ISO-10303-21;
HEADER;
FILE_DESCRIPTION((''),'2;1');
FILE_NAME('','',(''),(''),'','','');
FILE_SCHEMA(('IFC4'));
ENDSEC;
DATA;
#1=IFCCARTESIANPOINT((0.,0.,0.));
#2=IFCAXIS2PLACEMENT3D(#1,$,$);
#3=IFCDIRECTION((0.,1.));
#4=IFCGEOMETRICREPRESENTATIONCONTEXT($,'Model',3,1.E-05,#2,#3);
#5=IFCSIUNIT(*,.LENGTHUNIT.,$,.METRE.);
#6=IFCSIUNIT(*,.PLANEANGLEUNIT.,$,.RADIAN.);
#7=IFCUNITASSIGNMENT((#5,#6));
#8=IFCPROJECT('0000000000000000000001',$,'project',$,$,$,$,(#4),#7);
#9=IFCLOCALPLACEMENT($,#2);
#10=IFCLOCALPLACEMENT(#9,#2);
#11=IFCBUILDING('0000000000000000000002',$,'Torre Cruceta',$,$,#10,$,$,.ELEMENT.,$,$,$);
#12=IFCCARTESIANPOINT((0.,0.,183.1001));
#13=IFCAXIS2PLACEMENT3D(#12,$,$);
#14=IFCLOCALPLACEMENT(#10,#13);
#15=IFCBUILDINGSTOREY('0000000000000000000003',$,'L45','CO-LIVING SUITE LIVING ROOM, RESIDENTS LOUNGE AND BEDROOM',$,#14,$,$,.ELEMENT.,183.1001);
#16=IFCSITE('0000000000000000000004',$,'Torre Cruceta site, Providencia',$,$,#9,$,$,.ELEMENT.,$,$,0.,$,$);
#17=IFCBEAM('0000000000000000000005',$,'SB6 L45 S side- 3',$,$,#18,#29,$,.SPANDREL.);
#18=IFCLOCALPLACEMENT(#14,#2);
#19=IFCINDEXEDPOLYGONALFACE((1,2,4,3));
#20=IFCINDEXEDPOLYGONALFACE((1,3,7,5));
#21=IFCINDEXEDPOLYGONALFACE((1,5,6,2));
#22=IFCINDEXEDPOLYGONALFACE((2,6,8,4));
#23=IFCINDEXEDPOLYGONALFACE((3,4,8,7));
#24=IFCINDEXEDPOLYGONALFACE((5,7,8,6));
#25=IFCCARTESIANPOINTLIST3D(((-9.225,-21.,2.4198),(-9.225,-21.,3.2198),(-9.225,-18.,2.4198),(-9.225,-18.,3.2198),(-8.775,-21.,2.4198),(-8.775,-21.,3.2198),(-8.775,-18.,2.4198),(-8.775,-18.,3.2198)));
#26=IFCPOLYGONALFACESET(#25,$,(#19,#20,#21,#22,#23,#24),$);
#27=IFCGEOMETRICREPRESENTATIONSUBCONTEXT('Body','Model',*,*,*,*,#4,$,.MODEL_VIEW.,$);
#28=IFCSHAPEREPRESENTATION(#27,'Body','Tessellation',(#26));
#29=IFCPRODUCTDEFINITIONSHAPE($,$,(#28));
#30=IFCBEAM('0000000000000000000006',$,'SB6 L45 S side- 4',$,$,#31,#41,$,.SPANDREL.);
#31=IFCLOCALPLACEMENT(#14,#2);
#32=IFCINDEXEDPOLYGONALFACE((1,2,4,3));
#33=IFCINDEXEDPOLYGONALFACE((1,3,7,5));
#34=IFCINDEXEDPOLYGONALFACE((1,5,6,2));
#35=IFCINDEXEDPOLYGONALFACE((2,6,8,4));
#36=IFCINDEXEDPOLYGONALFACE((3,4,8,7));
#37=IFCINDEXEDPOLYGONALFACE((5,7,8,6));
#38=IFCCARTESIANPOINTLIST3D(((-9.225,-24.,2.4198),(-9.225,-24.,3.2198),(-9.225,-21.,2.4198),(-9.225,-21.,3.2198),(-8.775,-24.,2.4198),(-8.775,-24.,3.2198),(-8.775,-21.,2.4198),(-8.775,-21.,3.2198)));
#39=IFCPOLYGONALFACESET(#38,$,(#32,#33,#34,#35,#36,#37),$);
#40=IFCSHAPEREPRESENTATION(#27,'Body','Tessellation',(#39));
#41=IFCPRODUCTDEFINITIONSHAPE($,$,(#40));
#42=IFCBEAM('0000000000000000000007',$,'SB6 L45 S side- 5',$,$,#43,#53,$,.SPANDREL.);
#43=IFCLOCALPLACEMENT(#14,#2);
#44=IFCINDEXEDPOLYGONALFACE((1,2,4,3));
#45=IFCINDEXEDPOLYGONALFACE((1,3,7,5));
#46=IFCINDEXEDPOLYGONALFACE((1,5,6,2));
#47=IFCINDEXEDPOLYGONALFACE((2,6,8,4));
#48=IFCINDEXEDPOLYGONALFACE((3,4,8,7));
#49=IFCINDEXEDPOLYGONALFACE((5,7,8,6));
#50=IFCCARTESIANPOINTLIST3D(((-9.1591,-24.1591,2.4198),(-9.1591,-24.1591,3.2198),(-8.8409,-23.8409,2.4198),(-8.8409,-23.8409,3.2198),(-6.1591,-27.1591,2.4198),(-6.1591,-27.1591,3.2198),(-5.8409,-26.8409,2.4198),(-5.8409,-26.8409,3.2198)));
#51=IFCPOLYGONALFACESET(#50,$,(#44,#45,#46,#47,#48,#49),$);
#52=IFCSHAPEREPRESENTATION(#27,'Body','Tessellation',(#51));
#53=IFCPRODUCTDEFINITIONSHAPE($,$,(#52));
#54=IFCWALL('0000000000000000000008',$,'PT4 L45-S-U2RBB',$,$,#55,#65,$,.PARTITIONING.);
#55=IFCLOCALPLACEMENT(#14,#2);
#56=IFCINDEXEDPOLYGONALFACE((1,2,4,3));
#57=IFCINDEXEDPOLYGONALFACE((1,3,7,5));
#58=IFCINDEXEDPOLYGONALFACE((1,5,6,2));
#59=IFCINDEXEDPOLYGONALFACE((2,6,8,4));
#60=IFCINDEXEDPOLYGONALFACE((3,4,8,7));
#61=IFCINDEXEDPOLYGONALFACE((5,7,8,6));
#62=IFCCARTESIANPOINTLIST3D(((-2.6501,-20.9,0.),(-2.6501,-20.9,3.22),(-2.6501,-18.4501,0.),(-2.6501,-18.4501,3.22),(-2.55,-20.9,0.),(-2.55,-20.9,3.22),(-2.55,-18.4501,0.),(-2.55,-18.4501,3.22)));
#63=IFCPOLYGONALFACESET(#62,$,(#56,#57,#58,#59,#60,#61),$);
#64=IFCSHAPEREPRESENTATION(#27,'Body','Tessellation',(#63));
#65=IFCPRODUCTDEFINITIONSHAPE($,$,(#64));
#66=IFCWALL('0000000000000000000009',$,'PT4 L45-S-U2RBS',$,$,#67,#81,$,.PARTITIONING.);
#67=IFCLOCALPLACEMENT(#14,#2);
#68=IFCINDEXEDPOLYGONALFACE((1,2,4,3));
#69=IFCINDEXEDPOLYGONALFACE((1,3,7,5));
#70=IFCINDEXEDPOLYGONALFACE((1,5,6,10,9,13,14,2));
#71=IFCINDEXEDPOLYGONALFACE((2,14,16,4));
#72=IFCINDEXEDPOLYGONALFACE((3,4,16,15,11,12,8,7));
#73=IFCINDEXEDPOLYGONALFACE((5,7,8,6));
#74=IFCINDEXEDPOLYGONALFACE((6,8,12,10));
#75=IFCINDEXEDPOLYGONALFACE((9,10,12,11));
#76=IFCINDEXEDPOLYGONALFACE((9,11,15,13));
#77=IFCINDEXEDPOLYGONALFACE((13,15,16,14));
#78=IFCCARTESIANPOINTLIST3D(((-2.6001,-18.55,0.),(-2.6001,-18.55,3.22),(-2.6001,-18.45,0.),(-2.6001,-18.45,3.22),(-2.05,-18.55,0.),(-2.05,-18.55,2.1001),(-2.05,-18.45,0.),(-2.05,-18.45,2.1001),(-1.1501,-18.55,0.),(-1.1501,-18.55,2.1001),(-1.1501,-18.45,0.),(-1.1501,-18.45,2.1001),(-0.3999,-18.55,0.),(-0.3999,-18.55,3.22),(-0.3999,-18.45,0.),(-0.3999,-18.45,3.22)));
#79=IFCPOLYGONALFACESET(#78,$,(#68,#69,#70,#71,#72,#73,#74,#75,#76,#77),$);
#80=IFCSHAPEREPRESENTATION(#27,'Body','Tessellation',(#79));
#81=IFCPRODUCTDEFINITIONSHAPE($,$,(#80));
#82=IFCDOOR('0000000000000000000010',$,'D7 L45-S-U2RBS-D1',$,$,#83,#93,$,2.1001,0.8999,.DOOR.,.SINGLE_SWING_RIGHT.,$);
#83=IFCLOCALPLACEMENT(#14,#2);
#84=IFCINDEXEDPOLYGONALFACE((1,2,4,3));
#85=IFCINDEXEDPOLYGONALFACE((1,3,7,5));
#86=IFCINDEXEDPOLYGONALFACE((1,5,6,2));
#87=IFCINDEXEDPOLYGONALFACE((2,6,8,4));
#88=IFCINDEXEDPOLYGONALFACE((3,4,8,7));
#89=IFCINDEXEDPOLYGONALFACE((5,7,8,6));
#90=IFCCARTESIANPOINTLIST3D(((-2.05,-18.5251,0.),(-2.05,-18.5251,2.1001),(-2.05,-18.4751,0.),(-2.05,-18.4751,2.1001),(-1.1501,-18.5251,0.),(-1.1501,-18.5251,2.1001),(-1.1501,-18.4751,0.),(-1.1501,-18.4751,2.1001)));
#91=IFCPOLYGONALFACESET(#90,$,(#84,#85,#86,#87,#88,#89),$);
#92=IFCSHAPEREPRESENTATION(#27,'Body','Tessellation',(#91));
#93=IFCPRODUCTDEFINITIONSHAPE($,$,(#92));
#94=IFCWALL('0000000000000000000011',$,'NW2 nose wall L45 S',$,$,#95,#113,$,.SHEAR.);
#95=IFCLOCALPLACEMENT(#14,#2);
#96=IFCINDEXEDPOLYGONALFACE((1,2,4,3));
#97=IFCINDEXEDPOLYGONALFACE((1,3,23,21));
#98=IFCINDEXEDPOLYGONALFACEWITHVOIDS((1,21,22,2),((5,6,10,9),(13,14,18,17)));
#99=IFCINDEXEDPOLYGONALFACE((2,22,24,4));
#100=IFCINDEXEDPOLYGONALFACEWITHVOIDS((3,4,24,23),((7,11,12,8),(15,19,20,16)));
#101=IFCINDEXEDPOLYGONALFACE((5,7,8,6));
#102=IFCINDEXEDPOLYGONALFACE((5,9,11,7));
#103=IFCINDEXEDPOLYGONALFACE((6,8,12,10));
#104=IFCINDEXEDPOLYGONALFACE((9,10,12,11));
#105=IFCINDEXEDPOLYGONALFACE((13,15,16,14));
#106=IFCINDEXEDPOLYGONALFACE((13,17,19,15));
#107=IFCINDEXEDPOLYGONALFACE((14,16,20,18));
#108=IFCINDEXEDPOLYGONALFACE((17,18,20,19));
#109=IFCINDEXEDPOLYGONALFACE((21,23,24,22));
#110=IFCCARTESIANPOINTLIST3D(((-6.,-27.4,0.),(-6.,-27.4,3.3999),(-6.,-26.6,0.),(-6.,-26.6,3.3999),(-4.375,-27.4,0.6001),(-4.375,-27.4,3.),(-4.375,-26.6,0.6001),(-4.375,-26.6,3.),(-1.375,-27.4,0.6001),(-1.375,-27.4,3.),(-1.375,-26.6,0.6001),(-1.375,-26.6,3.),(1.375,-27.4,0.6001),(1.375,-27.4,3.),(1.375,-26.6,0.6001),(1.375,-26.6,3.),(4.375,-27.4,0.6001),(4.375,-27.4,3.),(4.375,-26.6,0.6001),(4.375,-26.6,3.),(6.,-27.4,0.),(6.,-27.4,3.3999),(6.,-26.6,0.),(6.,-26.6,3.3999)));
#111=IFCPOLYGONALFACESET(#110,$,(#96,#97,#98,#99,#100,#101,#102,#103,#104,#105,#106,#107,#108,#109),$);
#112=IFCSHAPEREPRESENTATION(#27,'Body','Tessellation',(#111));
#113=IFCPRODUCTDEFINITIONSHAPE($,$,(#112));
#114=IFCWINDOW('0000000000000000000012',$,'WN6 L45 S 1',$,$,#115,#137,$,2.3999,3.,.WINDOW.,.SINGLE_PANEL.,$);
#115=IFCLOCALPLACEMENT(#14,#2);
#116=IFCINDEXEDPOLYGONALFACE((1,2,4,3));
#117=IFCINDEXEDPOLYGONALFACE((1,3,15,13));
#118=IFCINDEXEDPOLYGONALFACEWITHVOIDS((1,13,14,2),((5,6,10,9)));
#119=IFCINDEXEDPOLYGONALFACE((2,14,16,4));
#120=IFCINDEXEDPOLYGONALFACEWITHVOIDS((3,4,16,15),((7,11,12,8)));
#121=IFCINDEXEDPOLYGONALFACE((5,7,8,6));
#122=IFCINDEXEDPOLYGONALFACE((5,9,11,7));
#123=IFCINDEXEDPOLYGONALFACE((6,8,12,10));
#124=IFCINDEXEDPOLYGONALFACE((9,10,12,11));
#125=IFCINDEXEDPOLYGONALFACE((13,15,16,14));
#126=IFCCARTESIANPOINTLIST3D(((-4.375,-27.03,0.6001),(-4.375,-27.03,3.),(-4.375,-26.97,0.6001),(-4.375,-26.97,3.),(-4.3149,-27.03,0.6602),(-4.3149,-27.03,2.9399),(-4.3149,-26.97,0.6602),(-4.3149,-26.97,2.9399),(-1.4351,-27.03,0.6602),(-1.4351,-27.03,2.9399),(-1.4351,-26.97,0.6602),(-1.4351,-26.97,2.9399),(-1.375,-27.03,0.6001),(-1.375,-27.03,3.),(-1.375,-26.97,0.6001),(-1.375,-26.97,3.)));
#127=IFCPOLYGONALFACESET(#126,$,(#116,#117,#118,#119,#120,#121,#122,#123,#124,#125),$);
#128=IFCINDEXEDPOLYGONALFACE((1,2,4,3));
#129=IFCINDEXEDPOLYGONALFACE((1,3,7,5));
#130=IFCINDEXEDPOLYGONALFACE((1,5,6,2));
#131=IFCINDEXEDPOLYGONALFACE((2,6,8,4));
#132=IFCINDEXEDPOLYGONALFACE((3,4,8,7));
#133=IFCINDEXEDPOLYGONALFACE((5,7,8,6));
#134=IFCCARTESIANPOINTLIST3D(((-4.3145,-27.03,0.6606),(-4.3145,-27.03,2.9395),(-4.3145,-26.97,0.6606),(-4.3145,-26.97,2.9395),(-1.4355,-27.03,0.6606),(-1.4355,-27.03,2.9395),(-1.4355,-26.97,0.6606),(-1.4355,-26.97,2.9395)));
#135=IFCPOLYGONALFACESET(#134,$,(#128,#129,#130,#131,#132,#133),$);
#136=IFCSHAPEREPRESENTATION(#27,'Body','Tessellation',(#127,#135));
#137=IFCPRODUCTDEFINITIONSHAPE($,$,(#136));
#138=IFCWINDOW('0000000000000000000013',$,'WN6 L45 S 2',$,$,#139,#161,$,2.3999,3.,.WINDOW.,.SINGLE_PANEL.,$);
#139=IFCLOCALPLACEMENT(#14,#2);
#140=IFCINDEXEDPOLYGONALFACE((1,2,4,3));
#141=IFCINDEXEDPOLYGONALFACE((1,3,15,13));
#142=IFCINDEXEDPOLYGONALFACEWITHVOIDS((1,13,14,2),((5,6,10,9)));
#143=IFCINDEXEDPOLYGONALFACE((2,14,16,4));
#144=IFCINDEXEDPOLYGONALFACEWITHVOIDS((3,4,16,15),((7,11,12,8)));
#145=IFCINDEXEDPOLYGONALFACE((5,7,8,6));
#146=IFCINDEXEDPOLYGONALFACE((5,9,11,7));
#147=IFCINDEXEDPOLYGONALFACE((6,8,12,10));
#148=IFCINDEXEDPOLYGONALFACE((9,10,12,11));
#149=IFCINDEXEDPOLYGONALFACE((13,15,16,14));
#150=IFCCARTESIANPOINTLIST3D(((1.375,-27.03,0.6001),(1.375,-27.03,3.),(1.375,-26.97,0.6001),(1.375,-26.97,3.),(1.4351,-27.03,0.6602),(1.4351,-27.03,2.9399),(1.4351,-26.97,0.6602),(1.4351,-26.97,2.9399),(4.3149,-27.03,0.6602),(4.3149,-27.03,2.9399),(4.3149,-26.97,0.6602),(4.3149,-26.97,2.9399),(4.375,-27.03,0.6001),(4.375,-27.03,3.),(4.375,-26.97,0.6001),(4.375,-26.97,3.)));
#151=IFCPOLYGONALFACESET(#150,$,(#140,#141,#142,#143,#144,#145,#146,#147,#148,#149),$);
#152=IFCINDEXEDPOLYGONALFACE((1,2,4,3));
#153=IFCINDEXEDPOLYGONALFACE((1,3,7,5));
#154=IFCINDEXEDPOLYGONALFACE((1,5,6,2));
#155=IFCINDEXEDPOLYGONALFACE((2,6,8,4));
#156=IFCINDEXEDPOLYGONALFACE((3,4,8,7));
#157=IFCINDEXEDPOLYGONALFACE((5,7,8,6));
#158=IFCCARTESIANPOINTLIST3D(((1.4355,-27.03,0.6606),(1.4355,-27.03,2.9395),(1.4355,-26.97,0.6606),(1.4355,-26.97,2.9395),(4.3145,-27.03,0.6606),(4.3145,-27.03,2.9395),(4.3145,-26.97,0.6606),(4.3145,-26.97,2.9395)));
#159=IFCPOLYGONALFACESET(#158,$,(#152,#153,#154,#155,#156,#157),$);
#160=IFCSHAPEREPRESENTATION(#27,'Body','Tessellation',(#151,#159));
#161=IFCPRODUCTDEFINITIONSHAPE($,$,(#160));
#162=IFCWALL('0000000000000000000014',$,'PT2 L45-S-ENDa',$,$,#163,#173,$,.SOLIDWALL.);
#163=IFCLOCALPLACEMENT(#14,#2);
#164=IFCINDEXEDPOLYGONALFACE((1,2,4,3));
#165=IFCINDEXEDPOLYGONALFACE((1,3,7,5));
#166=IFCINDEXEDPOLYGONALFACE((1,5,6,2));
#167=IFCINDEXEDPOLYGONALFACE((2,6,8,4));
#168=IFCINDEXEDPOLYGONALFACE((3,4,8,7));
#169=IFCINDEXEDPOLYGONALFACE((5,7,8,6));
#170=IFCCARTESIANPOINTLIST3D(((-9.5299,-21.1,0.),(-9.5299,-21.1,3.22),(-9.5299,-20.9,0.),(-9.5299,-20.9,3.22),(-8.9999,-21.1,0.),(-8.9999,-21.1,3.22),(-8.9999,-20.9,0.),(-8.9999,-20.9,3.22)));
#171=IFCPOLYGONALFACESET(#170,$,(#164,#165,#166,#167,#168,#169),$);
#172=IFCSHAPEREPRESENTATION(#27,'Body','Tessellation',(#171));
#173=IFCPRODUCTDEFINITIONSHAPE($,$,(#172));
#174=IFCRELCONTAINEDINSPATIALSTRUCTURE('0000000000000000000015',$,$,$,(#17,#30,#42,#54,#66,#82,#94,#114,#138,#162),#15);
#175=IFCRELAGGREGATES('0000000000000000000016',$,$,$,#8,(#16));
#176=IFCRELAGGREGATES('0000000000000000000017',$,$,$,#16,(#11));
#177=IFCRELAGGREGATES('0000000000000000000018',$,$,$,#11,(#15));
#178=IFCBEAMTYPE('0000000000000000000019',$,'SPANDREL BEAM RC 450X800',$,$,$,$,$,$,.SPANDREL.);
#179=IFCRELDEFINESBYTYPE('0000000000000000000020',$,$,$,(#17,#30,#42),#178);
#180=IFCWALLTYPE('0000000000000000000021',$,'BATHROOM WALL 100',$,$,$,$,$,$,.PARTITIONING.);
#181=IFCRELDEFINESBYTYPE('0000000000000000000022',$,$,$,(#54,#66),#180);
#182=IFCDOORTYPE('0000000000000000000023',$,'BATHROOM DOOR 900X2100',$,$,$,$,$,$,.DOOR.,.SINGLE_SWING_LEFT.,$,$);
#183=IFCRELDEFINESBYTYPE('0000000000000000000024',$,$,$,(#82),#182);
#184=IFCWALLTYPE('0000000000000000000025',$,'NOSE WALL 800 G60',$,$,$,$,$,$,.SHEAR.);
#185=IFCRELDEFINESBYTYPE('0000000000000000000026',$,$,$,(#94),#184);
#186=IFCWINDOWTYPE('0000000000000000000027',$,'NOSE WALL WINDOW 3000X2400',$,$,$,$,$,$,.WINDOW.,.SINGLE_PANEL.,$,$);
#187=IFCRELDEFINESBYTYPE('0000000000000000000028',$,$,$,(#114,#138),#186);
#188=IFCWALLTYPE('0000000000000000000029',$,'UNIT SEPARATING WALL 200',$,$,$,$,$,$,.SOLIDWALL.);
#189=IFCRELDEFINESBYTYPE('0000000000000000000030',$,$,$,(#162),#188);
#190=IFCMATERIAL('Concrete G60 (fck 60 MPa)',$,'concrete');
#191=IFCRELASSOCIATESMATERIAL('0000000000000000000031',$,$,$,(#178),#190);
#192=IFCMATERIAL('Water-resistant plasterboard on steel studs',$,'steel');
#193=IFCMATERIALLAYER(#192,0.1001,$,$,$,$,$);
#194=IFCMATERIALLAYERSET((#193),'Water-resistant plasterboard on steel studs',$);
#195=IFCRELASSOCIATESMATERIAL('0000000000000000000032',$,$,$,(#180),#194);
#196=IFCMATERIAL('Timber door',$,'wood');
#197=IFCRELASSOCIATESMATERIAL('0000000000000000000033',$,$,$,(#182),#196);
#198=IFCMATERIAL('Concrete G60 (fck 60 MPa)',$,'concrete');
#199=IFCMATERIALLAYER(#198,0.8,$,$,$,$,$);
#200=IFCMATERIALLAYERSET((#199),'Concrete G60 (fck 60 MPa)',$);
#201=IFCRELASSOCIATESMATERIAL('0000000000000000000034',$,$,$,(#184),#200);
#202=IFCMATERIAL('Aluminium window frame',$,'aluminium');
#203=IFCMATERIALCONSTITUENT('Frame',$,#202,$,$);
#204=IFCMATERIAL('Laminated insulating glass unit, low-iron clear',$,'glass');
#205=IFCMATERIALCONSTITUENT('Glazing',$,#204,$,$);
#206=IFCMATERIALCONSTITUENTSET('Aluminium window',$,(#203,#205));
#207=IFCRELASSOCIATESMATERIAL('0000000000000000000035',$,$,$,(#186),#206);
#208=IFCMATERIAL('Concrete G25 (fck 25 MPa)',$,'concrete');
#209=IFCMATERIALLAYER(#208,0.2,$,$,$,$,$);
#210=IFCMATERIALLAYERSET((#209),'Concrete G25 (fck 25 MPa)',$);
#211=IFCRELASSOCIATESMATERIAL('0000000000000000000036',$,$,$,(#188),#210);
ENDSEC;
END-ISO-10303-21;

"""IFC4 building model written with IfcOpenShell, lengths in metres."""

from ifc_helpers import new_model, si_unit, direction, frame, frame_2d, origin, origin_2d, place, context, subcontext, project, spatial, rectangle, hollow_rectangle, extrude, material, layer, layer_set, constituent, constituent_set, material_profile, profile_set, type_object, element, fill, save


model = new_model("IFC4")

# Units and contexts
model_context = context("Model", 3, precision=1e-05, world=origin(), true_north=direction((0.0, 1.0)))
body_context = subcontext(model_context, "Body", "Model", "MODEL_VIEW")
ifc_project = project(units=[si_unit("LENGTHUNIT", "METRE"), si_unit("PLANEANGLEUNIT", "RADIAN")], contexts=[model_context])

# Site, building, storey
site_placement = place(None, origin())
site = spatial("IfcSite", under=ifc_project, at=site_placement, Name="Torre Cruceta site, Providencia", CompositionType="ELEMENT", RefElevation=0.0)
building_placement = place(site_placement, origin())
building = spatial("IfcBuilding", under=site, at=building_placement, Name="Torre Cruceta", CompositionType="ELEMENT")
storey_placement = place(building_placement, frame((0.0, 0.0, 183.1001)))
storey = spatial("IfcBuildingStorey", under=building, at=storey_placement, Name="L45", Description="CO-LIVING SUITE LIVING ROOM, RESIDENTS LOUNGE AND BEDROOM", CompositionType="ELEMENT", Elevation=183.1001)

# Beams
ifc_material_1 = material(Name="Concrete G60 (fck 60 MPa)", Category="concrete")
ifc_material_profile_1 = material_profile(ifc_material_1, rectangle(XDim=0.45, YDim=0.8, at=origin_2d()), Name="RC 450X800")
ifc_profile_set_1 = profile_set([ifc_material_profile_1], Name="Concrete G60 (fck 60 MPa)")
beam_type_1 = type_object("IfcBeamType", Name="SPANDREL BEAM RC 450X800", PredefinedType="SPANDREL", material=ifc_profile_set_1)
for number, where, z_axis, x_axis, name in (
    (1, (-9.0, -18.0, 2.8198), (0.0, -1.0, 0.0), (1.0, 0.0, 0.0), "SB6 L45 S side- 3"),
    (2, (-9.0, -21.0, 2.8198), (0.0, -1.0, 0.0), (1.0, 0.0, 0.0), "SB6 L45 S side- 4"),
):
    element("IfcBeam", number, at=place(storey_placement, frame(where, z_axis=z_axis, x_axis=x_axis)), inside=storey, type_object=beam_type_1, Name=name, PredefinedType="SPANDREL", context=body_context, shape_type="SweptSolid", body=[
        extrude(rectangle(XDim=0.45, YDim=0.8, at=origin_2d()), origin(), (0.0, 0.0, 1.0), 3.0),
    ])
beam_1_placement = place(storey_placement, frame((-9.0, -24.0, 2.8198), z_axis=(0.707107, -0.707107, 0.0), x_axis=(0.707107, 0.707107, 0.0)))
element("IfcBeam", 3, at=beam_1_placement, inside=storey, type_object=beam_type_1, Name="SB6 L45 S side- 5", PredefinedType="SPANDREL", context=body_context, shape_type="SweptSolid", body=[
    extrude(rectangle(XDim=0.45, YDim=0.8, at=origin_2d()), origin(), (0.0, 0.0, 1.0), 4.2427),
])

# Wall
ifc_material_2 = material(Name="Water-resistant plasterboard on steel studs", Category="steel")
ifc_layer_1 = layer(ifc_material_2, 0.1001)
ifc_layer_set_1 = layer_set([ifc_layer_1], Name="Water-resistant plasterboard on steel studs")
wall_type_1 = type_object("IfcWallType", Name="BATHROOM WALL 100", PredefinedType="PARTITIONING", material=ifc_layer_set_1)
wall_1_placement = place(storey_placement, frame((-2.6001, -18.45, 0.0), z_axis=(0.0, 0.0, 1.0), x_axis=(0.0, -1.0, 0.0)))
element("IfcWall", 4, at=wall_1_placement, inside=storey, type_object=wall_type_1, Name="PT4 L45-S-U2RBB", PredefinedType="PARTITIONING", context=body_context, shape_type="SweptSolid", body=[
    extrude(rectangle(XDim=2.45, YDim=0.1001, at=frame_2d((1.2251, 0.0))), origin(), (0.0, 0.0, 1.0), 3.22),
])

# Wall, opening, door
wall_2_placement = place(storey_placement, frame((-2.6001, -18.5, 0.0), z_axis=(0.0, 0.0, 1.0), x_axis=(1.0, 0.0, 0.0)))
wall_2 = element("IfcWall", 5, at=wall_2_placement, inside=storey, type_object=wall_type_1, Name="PT4 L45-S-U2RBS", PredefinedType="PARTITIONING", context=body_context, shape_type="SweptSolid", body=[
    extrude(rectangle(XDim=2.2002, YDim=0.1001, at=frame_2d((1.1001, 0.0))), origin(), (0.0, 0.0, 1.0), 3.22),
])
opening_1_placement = place(wall_2_placement, frame((0.55, 0.0, 0.0)))
opening_1 = element("IfcOpeningElement", 6, at=opening_1_placement, cuts=wall_2, PredefinedType="OPENING", context=body_context, shape_type="SweptSolid", body=[
    extrude(rectangle(XDim=0.8999, YDim=2.1001, at=frame_2d((0.45, 1.05))), frame((0.0, 0.0601, 0.0), z_axis=(0.0, -1.0, 0.0), x_axis=(1.0, 0.0, 0.0)), (0.0, 0.0, 1.0), 0.1201),
])
ifc_material_3 = material(Name="Timber door", Category="wood")
door_type = type_object("IfcDoorType", Name="BATHROOM DOOR 900X2100", OperationType="SINGLE_SWING_LEFT", PredefinedType="DOOR", material=ifc_material_3)
door_placement = place(opening_1_placement, frame((0.8999, 0.0, 0.0), z_axis=(0.0, 0.0, 1.0), x_axis=(-1.0, 0.0, 0.0)))
door = element("IfcDoor", 7, at=door_placement, inside=storey, type_object=door_type, Name="D7 L45-S-U2RBS-D1", OperationType="SINGLE_SWING_RIGHT", OverallHeight=2.1001, OverallWidth=0.8999, PredefinedType="DOOR", context=body_context, shape_type="SweptSolid", body=[
    extrude(rectangle(XDim=0.8999, YDim=2.1001, at=frame_2d((0.45, 1.05))), frame((0.0, 0.0251, 0.0), z_axis=(0.0, -1.0, 0.0), x_axis=(1.0, 0.0, 0.0)), (0.0, 0.0, 1.0), 0.05),
])
fill(opening_1, door)

# Wall, openings, windows
ifc_material_4 = material(Name="Concrete G60 (fck 60 MPa)", Category="concrete")
ifc_layer_2 = layer(ifc_material_4, 0.8)
ifc_layer_set_2 = layer_set([ifc_layer_2], Name="Concrete G60 (fck 60 MPa)")
wall_type_2 = type_object("IfcWallType", Name="NOSE WALL 800 G60", PredefinedType="SHEAR", material=ifc_layer_set_2)
wall_3_placement = place(storey_placement, frame((-6.0, -27.0, 0.0), z_axis=(0.0, 0.0, 1.0), x_axis=(1.0, 0.0, 0.0)))
wall_3 = element("IfcWall", 8, at=wall_3_placement, inside=storey, type_object=wall_type_2, Name="NW2 nose wall L45 S", PredefinedType="SHEAR", context=body_context, shape_type="SweptSolid", body=[
    extrude(rectangle(XDim=12.0, YDim=0.8, at=frame_2d((6.0, 0.0))), origin(), (0.0, 0.0, 1.0), 3.3999),
])
opening_2_placement = place(wall_3_placement, frame((1.625, 0.0, 0.6001)))
opening_2 = element("IfcOpeningElement", 9, at=opening_2_placement, cuts=wall_3, PredefinedType="OPENING", context=body_context, shape_type="SweptSolid", body=[
    extrude(rectangle(XDim=3.0, YDim=2.3999, at=frame_2d((1.5, 1.2))), frame((0.0, 0.4099, 0.0), z_axis=(0.0, -1.0, 0.0), x_axis=(1.0, 0.0, 0.0)), (0.0, 0.0, 1.0), 0.8201),
])
opening_3_placement = place(wall_3_placement, frame((7.375, 0.0, 0.6001)))
opening_3 = element("IfcOpeningElement", 10, at=opening_3_placement, cuts=wall_3, PredefinedType="OPENING", context=body_context, shape_type="SweptSolid", body=[
    extrude(rectangle(XDim=3.0, YDim=2.3999, at=frame_2d((1.5, 1.2))), frame((0.0, 0.4099, 0.0), z_axis=(0.0, -1.0, 0.0), x_axis=(1.0, 0.0, 0.0)), (0.0, 0.0, 1.0), 0.8201),
])
ifc_material_5 = material(Name="Aluminium window frame", Category="aluminium")
ifc_constituent_1 = constituent(ifc_material_5, Name="Frame")
ifc_material_6 = material(Name="Laminated insulating glass unit, low-iron clear", Category="glass")
ifc_constituent_2 = constituent(ifc_material_6, Name="Glazing")
ifc_constituent_set = constituent_set(constituents=[ifc_constituent_1, ifc_constituent_2], Name="Aluminium window")
window_type = type_object("IfcWindowType", Name="NOSE WALL WINDOW 3000X2400", PartitioningType="SINGLE_PANEL", PredefinedType="WINDOW", material=ifc_constituent_set)
window_1_placement = place(opening_2_placement, origin())
window_1 = element("IfcWindow", 11, at=window_1_placement, inside=storey, type_object=window_type, Name="WN6 L45 S 1", OverallHeight=2.3999, OverallWidth=3.0, PartitioningType="SINGLE_PANEL", PredefinedType="WINDOW", context=body_context, shape_type="SweptSolid", body=[
    extrude(hollow_rectangle(XDim=3.0, YDim=2.3999, WallThickness=0.0601, at=frame_2d((1.5, 1.2))), frame((0.0, 0.03, 0.0), z_axis=(0.0, -1.0, 0.0), x_axis=(1.0, 0.0, 0.0)), (0.0, 0.0, 1.0), 0.0601),
    extrude(rectangle(XDim=2.8789, YDim=2.2788, at=frame_2d((1.5, 1.2))), frame((0.0, 0.03, 0.0), z_axis=(0.0, -1.0, 0.0), x_axis=(1.0, 0.0, 0.0)), (0.0, 0.0, 1.0), 0.0601),
])
fill(opening_2, window_1)
window_2_placement = place(opening_3_placement, origin())
window_2 = element("IfcWindow", 12, at=window_2_placement, inside=storey, type_object=window_type, Name="WN6 L45 S 2", OverallHeight=2.3999, OverallWidth=3.0, PartitioningType="SINGLE_PANEL", PredefinedType="WINDOW", context=body_context, shape_type="SweptSolid", body=[
    extrude(hollow_rectangle(XDim=3.0, YDim=2.3999, WallThickness=0.0601, at=frame_2d((1.5, 1.2))), frame((0.0, 0.03, 0.0), z_axis=(0.0, -1.0, 0.0), x_axis=(1.0, 0.0, 0.0)), (0.0, 0.0, 1.0), 0.0601),
    extrude(rectangle(XDim=2.8789, YDim=2.2788, at=frame_2d((1.5, 1.2))), frame((0.0, 0.03, 0.0), z_axis=(0.0, -1.0, 0.0), x_axis=(1.0, 0.0, 0.0)), (0.0, 0.0, 1.0), 0.0601),
])
fill(opening_3, window_2)

# Wall
ifc_material_7 = material(Name="Concrete G25 (fck 25 MPa)", Category="concrete")
ifc_layer_3 = layer(ifc_material_7, 0.2)
ifc_layer_set_3 = layer_set([ifc_layer_3], Name="Concrete G25 (fck 25 MPa)")
wall_type_3 = type_object("IfcWallType", Name="UNIT SEPARATING WALL 200", PredefinedType="SOLIDWALL", material=ifc_layer_set_3)
wall_4_placement = place(storey_placement, frame((-9.53, -21.0, 0.0), z_axis=(0.0, 0.0, 1.0), x_axis=(1.0, 0.0, 0.0)))
element("IfcWall", 13, at=wall_4_placement, inside=storey, type_object=wall_type_3, Name="PT2 L45-S-ENDa", PredefinedType="SOLIDWALL", context=body_context, shape_type="SweptSolid", body=[
    extrude(rectangle(XDim=0.53, YDim=0.2, at=frame_2d((0.2651, 0.0))), origin(), (0.0, 0.0, 1.0), 3.22),
])

save(model, "model.ifc")
